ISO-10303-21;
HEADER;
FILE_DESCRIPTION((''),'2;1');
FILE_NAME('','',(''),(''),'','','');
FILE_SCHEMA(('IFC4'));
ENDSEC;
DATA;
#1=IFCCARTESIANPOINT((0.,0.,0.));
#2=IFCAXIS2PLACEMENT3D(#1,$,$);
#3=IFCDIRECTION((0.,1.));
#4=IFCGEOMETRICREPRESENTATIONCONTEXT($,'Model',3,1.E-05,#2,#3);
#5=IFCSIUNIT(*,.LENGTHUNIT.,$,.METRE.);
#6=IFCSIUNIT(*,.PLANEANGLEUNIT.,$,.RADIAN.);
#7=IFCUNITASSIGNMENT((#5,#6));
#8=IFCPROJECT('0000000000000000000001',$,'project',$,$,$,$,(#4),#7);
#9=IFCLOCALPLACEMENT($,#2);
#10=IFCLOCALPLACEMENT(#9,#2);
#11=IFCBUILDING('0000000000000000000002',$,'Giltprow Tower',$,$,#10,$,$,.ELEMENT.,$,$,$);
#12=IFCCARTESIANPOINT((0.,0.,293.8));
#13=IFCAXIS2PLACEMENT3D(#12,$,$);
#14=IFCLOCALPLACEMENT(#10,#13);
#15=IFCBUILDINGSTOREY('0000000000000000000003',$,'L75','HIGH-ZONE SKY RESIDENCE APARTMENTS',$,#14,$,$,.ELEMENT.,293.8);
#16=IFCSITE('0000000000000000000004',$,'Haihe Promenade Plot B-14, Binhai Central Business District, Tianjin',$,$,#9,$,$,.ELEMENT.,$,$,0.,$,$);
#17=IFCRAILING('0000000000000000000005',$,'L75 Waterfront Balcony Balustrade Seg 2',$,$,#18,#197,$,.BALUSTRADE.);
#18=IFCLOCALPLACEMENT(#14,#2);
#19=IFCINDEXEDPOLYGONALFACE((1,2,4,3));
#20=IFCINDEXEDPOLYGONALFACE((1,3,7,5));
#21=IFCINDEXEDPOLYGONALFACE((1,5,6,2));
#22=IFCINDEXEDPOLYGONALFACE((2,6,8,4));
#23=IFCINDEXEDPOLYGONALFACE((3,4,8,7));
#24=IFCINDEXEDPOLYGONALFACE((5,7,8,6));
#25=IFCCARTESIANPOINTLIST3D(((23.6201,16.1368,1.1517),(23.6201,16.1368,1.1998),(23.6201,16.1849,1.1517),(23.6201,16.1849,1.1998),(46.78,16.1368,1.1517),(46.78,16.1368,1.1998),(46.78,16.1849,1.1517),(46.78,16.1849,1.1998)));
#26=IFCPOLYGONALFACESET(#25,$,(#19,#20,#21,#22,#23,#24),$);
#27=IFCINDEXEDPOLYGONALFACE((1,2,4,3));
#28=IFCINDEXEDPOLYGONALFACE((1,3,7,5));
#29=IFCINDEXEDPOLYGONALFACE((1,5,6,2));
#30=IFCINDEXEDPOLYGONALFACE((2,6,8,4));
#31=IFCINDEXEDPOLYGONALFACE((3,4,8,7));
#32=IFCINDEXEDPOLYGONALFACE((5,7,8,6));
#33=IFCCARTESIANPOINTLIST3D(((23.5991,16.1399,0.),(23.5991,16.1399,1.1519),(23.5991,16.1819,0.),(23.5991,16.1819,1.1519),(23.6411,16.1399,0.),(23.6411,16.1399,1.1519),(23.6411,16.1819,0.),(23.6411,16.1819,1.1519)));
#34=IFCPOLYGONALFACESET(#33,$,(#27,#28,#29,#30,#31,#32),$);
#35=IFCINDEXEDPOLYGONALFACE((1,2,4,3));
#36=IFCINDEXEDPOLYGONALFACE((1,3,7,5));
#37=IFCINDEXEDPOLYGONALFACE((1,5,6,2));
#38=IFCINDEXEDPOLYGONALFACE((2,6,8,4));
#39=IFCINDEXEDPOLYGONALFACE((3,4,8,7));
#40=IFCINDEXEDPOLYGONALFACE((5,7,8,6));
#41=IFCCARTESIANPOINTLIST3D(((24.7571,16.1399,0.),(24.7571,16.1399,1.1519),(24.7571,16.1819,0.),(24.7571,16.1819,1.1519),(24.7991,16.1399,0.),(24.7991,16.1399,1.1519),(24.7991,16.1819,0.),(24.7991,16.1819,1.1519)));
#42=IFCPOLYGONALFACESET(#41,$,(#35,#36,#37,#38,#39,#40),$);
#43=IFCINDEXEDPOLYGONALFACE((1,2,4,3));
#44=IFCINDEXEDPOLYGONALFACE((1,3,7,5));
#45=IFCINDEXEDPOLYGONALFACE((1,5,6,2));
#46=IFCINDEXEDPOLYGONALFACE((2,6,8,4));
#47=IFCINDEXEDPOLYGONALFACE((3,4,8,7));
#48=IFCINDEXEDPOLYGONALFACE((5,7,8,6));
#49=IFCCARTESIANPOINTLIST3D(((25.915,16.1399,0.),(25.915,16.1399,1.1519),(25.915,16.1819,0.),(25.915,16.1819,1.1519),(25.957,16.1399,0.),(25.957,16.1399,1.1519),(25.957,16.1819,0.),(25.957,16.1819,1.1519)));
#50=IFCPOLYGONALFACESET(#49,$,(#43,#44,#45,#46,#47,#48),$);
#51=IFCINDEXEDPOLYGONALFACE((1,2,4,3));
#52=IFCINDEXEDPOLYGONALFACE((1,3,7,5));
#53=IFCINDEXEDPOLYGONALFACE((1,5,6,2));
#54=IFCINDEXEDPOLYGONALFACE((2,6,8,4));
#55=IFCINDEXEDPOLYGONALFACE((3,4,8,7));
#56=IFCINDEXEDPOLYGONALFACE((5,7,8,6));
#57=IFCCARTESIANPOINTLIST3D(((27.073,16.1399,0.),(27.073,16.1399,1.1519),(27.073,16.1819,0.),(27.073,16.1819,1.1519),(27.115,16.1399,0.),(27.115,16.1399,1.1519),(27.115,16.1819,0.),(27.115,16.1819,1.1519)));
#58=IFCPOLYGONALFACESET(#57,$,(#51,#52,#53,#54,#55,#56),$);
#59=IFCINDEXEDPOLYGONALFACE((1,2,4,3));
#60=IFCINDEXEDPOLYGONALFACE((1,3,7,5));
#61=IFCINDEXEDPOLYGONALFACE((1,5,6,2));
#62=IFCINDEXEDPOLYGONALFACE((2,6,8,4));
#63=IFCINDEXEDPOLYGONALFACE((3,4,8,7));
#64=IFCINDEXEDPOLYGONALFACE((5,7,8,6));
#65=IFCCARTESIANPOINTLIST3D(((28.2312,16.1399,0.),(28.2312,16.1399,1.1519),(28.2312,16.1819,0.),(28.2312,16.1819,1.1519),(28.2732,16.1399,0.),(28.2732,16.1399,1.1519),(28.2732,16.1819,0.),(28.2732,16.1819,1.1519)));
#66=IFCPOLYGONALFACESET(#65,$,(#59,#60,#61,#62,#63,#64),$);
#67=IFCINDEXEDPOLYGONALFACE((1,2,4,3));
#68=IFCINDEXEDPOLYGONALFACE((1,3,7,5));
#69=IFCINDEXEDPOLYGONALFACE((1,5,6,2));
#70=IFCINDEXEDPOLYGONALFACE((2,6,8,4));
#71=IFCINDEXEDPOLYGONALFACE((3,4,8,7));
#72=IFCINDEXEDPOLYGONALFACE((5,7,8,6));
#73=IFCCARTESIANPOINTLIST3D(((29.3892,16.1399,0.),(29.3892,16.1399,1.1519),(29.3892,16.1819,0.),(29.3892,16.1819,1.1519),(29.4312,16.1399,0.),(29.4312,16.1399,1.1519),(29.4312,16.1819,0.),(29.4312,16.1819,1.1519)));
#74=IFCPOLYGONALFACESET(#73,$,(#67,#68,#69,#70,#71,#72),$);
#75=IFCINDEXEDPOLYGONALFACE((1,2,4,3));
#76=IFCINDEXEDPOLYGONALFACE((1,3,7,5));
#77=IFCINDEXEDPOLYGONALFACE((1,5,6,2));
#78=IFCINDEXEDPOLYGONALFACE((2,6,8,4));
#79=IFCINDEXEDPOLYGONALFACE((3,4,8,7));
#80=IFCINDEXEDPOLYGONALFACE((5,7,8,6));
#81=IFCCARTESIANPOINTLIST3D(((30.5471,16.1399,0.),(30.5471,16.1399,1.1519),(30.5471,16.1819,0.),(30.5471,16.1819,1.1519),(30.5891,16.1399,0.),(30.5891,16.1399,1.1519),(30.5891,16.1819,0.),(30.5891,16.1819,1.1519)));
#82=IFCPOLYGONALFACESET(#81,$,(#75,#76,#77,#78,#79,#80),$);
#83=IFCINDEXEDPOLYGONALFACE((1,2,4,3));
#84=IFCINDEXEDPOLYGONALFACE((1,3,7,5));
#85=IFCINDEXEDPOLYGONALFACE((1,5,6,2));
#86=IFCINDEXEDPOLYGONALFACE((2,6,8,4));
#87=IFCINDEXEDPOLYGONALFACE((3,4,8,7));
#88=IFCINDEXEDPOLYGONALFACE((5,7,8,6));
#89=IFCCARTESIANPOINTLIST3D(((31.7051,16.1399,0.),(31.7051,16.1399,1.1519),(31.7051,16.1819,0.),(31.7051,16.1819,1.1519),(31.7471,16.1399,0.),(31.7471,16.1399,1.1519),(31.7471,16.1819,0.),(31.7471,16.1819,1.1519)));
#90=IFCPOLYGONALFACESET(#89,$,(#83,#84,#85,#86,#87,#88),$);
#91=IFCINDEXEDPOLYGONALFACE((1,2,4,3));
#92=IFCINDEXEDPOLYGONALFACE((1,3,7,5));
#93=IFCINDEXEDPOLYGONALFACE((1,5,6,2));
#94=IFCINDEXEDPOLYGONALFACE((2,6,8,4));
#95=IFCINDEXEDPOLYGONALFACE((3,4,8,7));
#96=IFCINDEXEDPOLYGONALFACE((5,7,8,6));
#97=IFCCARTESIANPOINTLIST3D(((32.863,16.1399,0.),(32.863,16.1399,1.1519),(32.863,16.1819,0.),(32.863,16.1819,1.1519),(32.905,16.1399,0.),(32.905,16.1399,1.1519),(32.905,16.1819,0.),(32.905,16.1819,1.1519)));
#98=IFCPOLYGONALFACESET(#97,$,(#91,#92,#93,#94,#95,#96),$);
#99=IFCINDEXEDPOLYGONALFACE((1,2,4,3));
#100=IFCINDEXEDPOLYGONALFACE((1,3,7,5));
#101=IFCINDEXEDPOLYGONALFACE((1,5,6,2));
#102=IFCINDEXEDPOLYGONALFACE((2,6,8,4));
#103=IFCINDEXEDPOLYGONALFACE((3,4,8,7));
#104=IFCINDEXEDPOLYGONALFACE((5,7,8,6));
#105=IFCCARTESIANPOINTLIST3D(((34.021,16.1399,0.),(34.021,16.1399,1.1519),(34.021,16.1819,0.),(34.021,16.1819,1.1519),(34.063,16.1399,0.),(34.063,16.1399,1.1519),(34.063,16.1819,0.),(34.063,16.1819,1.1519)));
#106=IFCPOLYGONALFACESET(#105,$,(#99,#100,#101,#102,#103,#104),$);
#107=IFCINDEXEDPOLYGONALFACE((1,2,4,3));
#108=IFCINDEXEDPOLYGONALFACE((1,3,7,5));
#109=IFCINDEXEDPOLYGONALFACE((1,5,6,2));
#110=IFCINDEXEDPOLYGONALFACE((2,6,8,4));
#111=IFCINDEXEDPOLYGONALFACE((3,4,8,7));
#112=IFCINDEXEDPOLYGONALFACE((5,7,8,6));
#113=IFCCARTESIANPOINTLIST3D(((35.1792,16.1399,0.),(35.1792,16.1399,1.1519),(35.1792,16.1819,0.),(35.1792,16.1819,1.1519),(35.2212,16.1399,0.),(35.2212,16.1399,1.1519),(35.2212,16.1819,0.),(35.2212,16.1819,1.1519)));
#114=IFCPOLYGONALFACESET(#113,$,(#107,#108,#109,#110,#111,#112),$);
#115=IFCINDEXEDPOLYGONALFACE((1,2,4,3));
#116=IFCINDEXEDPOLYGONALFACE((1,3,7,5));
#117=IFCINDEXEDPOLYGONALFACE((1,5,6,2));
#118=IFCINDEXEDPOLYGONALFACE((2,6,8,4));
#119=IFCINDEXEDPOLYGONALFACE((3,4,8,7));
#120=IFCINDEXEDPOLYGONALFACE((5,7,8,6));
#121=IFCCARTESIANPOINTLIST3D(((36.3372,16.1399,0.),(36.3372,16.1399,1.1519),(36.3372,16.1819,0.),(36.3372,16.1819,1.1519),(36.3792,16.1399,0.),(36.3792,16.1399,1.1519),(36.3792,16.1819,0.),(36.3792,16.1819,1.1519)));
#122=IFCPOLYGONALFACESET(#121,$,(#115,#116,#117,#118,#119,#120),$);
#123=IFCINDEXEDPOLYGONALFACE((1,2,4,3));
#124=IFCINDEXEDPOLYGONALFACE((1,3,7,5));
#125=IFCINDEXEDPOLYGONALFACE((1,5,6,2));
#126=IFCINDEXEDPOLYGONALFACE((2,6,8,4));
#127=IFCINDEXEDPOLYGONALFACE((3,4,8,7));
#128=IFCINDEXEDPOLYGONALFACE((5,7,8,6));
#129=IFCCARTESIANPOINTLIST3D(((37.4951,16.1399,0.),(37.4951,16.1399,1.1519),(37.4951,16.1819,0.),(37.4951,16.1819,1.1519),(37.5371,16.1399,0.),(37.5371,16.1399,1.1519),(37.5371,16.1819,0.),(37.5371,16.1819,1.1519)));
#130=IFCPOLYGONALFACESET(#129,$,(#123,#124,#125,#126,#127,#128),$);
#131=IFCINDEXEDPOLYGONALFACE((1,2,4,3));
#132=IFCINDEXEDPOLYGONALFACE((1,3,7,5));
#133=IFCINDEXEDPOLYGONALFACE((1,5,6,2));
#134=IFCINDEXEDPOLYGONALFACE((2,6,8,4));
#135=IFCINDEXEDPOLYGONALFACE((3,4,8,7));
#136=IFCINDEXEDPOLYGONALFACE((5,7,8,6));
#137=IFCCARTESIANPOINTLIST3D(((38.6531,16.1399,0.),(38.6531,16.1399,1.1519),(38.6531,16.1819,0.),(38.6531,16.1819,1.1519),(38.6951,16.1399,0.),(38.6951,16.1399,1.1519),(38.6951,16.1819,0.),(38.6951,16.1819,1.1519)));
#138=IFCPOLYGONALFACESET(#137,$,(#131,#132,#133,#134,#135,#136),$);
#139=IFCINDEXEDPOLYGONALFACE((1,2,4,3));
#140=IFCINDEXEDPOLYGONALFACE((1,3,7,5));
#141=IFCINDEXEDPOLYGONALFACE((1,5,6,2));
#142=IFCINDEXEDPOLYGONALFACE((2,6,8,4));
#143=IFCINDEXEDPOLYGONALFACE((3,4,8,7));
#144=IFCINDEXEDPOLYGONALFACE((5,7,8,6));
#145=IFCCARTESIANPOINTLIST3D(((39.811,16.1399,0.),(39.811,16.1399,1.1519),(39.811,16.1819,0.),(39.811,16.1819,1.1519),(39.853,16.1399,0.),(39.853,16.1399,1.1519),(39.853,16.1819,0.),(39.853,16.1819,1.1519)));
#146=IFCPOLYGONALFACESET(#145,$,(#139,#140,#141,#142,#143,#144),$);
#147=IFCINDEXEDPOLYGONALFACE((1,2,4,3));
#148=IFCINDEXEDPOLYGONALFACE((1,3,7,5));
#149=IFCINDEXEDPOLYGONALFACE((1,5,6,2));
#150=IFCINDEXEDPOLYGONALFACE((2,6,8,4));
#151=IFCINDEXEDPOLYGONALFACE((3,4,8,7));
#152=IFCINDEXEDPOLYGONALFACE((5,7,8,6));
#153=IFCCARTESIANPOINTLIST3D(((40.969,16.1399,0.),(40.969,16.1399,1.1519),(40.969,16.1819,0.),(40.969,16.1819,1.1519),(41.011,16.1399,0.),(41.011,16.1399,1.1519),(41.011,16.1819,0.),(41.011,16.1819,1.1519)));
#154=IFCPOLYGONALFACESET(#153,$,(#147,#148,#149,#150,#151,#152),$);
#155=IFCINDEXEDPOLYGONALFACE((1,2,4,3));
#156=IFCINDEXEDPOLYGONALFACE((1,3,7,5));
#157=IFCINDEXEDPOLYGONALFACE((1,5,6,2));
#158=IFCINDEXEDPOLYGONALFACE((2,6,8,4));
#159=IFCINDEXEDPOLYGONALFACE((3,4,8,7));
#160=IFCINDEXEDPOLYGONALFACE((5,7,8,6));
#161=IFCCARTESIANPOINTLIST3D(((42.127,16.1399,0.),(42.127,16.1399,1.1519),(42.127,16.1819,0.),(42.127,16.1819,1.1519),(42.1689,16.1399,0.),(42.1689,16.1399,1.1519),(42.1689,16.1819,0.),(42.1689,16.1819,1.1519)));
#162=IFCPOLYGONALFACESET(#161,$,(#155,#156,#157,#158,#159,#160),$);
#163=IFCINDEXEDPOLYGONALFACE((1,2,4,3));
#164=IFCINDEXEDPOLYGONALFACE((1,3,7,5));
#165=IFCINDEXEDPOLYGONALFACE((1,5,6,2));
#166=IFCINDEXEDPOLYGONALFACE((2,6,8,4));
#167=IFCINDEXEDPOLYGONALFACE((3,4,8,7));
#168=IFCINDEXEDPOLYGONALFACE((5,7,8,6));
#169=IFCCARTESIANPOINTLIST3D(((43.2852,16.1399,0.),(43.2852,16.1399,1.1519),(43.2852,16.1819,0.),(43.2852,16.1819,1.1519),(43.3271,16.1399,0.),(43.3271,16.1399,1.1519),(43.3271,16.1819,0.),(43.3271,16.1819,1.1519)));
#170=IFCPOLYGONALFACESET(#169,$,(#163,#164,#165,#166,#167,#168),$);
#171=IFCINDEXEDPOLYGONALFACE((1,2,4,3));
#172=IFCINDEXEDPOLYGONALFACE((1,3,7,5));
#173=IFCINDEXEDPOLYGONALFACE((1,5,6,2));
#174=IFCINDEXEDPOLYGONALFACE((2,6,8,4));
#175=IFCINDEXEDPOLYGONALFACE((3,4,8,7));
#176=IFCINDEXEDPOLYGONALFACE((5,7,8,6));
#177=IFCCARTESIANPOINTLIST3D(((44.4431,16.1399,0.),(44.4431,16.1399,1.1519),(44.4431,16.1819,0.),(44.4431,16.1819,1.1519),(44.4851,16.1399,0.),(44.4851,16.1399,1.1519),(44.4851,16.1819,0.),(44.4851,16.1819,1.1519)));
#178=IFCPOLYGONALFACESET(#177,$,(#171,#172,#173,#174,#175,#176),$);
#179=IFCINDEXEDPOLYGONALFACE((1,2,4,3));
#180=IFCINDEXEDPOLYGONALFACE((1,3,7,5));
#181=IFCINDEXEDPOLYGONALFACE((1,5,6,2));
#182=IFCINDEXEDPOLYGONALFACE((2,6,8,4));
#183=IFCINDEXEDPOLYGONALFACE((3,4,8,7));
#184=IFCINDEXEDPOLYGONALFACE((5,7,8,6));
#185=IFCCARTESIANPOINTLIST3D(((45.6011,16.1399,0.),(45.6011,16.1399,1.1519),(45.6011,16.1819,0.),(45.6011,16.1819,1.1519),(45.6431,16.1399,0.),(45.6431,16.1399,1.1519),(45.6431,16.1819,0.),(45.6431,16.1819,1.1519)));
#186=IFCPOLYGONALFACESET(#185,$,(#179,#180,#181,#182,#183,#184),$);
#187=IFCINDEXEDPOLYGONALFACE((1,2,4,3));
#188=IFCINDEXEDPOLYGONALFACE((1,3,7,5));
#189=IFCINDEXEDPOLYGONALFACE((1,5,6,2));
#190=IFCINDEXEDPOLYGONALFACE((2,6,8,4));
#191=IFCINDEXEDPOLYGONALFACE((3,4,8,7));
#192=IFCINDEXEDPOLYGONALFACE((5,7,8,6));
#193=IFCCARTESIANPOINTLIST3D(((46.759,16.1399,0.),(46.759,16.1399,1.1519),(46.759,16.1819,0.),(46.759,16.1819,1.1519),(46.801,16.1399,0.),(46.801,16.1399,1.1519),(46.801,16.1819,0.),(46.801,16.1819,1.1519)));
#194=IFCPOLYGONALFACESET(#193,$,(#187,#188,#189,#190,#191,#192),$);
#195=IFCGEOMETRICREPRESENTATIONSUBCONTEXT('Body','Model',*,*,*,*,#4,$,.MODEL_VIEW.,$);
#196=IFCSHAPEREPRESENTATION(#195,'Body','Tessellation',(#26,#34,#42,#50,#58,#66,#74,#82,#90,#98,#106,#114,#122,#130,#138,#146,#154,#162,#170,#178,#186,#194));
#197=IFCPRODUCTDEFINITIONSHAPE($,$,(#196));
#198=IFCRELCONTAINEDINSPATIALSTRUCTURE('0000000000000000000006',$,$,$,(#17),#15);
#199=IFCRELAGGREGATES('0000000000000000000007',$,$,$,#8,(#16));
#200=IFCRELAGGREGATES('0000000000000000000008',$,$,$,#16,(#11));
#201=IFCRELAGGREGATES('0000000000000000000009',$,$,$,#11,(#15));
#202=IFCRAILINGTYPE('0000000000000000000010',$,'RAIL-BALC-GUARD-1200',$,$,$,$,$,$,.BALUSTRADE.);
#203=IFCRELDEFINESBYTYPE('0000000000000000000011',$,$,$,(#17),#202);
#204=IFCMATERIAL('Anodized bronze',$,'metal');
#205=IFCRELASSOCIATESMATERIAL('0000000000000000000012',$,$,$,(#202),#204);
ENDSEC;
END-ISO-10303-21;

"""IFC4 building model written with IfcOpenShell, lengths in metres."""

from ifc_helpers import new_model, si_unit, direction, frame, origin, origin_2d, place, context, subcontext, project, spatial, rectangle, extrude, material, type_object, element, save


model = new_model("IFC4")

# Units and contexts
model_context = context("Model", 3, precision=1e-05, world=origin(), true_north=direction((0.0, 1.0)))
body_context = subcontext(model_context, "Body", "Model", "MODEL_VIEW")
ifc_project = project(units=[si_unit("LENGTHUNIT", "METRE"), si_unit("PLANEANGLEUNIT", "RADIAN")], contexts=[model_context])

# Site, building, storey
site_placement = place(None, origin())
site = spatial("IfcSite", under=ifc_project, at=site_placement, Name="Haihe Promenade Plot B-14, Binhai Central Business District, Tianjin", CompositionType="ELEMENT", RefElevation=0.0)
building_placement = place(site_placement, origin())
building = spatial("IfcBuilding", under=site, at=building_placement, Name="Giltprow Tower", CompositionType="ELEMENT")
storey_placement = place(building_placement, frame((0.0, 0.0, 293.8)))
storey = spatial("IfcBuildingStorey", under=building, at=storey_placement, Name="L75", Description="HIGH-ZONE SKY RESIDENCE APARTMENTS", CompositionType="ELEMENT", Elevation=293.8)

# Shared definitions
ifc_material_1 = material(Name="Anodized bronze", Category="metal")

# Railing
railing_type = type_object("IfcRailingType", Name="RAIL-BALC-GUARD-1200", PredefinedType="BALUSTRADE", material=ifc_material_1)
railing_1_placement = place(storey_placement, frame((23.6201, 16.1609, 0.0)))
element("IfcRailing", 1, at=railing_1_placement, inside=storey, type_object=railing_type, Name="L75 Waterfront Balcony Balustrade Seg 2", PredefinedType="BALUSTRADE", context=body_context, shape_type="SweptSolid", body=[
    extrude(rectangle(XDim=0.0481, YDim=0.0481, at=origin_2d()), frame((0.0, 0.0, 1.1758), z_axis=(1.0, 0.0, 0.0), x_axis=(0.0, 1.0, 0.0)), (0.0, 0.0, 1.0), 23.1599),
    extrude(rectangle(XDim=0.042, YDim=0.042, at=origin_2d()), origin(), (0.0, 0.0, 1.0), 1.1519),
    extrude(rectangle(XDim=0.042, YDim=0.042, at=origin_2d()), frame((1.158, 0.0, 0.0)), (0.0, 0.0, 1.0), 1.1519),
    extrude(rectangle(XDim=0.042, YDim=0.042, at=origin_2d()), frame((2.3159, 0.0, 0.0)), (0.0, 0.0, 1.0), 1.1519),
    extrude(rectangle(XDim=0.042, YDim=0.042, at=origin_2d()), frame((3.4739, 0.0, 0.0)), (0.0, 0.0, 1.0), 1.1519),
    extrude(rectangle(XDim=0.042, YDim=0.042, at=origin_2d()), frame((4.6321, 0.0, 0.0)), (0.0, 0.0, 1.0), 1.1519),
    extrude(rectangle(XDim=0.042, YDim=0.042, at=origin_2d()), frame((5.79, 0.0, 0.0)), (0.0, 0.0, 1.0), 1.1519),
    extrude(rectangle(XDim=0.042, YDim=0.042, at=origin_2d()), frame((6.948, 0.0, 0.0)), (0.0, 0.0, 1.0), 1.1519),
    extrude(rectangle(XDim=0.042, YDim=0.042, at=origin_2d()), frame((8.106, 0.0, 0.0)), (0.0, 0.0, 1.0), 1.1519),
    extrude(rectangle(XDim=0.042, YDim=0.042, at=origin_2d()), frame((9.2639, 0.0, 0.0)), (0.0, 0.0, 1.0), 1.1519),
    extrude(rectangle(XDim=0.042, YDim=0.042, at=origin_2d()), frame((10.4219, 0.0, 0.0)), (0.0, 0.0, 1.0), 1.1519),
    extrude(rectangle(XDim=0.042, YDim=0.042, at=origin_2d()), frame((11.5801, 0.0, 0.0)), (0.0, 0.0, 1.0), 1.1519),
    extrude(rectangle(XDim=0.042, YDim=0.042, at=origin_2d()), frame((12.738, 0.0, 0.0)), (0.0, 0.0, 1.0), 1.1519),
    extrude(rectangle(XDim=0.042, YDim=0.042, at=origin_2d()), frame((13.896, 0.0, 0.0)), (0.0, 0.0, 1.0), 1.1519),
    extrude(rectangle(XDim=0.042, YDim=0.042, at=origin_2d()), frame((15.054, 0.0, 0.0)), (0.0, 0.0, 1.0), 1.1519),
    extrude(rectangle(XDim=0.042, YDim=0.042, at=origin_2d()), frame((16.2119, 0.0, 0.0)), (0.0, 0.0, 1.0), 1.1519),
    extrude(rectangle(XDim=0.042, YDim=0.042, at=origin_2d()), frame((17.3699, 0.0, 0.0)), (0.0, 0.0, 1.0), 1.1519),
    extrude(rectangle(XDim=0.042, YDim=0.042, at=origin_2d()), frame((18.5278, 0.0, 0.0)), (0.0, 0.0, 1.0), 1.1519),
    extrude(rectangle(XDim=0.042, YDim=0.042, at=origin_2d()), frame((19.686, 0.0, 0.0)), (0.0, 0.0, 1.0), 1.1519),
    extrude(rectangle(XDim=0.042, YDim=0.042, at=origin_2d()), frame((20.844, 0.0, 0.0)), (0.0, 0.0, 1.0), 1.1519),
    extrude(rectangle(XDim=0.042, YDim=0.042, at=origin_2d()), frame((22.002, 0.0, 0.0)), (0.0, 0.0, 1.0), 1.1519),
    extrude(rectangle(XDim=0.042, YDim=0.042, at=origin_2d()), frame((23.1599, 0.0, 0.0)), (0.0, 0.0, 1.0), 1.1519),
])

save(model, "model.ifc")
